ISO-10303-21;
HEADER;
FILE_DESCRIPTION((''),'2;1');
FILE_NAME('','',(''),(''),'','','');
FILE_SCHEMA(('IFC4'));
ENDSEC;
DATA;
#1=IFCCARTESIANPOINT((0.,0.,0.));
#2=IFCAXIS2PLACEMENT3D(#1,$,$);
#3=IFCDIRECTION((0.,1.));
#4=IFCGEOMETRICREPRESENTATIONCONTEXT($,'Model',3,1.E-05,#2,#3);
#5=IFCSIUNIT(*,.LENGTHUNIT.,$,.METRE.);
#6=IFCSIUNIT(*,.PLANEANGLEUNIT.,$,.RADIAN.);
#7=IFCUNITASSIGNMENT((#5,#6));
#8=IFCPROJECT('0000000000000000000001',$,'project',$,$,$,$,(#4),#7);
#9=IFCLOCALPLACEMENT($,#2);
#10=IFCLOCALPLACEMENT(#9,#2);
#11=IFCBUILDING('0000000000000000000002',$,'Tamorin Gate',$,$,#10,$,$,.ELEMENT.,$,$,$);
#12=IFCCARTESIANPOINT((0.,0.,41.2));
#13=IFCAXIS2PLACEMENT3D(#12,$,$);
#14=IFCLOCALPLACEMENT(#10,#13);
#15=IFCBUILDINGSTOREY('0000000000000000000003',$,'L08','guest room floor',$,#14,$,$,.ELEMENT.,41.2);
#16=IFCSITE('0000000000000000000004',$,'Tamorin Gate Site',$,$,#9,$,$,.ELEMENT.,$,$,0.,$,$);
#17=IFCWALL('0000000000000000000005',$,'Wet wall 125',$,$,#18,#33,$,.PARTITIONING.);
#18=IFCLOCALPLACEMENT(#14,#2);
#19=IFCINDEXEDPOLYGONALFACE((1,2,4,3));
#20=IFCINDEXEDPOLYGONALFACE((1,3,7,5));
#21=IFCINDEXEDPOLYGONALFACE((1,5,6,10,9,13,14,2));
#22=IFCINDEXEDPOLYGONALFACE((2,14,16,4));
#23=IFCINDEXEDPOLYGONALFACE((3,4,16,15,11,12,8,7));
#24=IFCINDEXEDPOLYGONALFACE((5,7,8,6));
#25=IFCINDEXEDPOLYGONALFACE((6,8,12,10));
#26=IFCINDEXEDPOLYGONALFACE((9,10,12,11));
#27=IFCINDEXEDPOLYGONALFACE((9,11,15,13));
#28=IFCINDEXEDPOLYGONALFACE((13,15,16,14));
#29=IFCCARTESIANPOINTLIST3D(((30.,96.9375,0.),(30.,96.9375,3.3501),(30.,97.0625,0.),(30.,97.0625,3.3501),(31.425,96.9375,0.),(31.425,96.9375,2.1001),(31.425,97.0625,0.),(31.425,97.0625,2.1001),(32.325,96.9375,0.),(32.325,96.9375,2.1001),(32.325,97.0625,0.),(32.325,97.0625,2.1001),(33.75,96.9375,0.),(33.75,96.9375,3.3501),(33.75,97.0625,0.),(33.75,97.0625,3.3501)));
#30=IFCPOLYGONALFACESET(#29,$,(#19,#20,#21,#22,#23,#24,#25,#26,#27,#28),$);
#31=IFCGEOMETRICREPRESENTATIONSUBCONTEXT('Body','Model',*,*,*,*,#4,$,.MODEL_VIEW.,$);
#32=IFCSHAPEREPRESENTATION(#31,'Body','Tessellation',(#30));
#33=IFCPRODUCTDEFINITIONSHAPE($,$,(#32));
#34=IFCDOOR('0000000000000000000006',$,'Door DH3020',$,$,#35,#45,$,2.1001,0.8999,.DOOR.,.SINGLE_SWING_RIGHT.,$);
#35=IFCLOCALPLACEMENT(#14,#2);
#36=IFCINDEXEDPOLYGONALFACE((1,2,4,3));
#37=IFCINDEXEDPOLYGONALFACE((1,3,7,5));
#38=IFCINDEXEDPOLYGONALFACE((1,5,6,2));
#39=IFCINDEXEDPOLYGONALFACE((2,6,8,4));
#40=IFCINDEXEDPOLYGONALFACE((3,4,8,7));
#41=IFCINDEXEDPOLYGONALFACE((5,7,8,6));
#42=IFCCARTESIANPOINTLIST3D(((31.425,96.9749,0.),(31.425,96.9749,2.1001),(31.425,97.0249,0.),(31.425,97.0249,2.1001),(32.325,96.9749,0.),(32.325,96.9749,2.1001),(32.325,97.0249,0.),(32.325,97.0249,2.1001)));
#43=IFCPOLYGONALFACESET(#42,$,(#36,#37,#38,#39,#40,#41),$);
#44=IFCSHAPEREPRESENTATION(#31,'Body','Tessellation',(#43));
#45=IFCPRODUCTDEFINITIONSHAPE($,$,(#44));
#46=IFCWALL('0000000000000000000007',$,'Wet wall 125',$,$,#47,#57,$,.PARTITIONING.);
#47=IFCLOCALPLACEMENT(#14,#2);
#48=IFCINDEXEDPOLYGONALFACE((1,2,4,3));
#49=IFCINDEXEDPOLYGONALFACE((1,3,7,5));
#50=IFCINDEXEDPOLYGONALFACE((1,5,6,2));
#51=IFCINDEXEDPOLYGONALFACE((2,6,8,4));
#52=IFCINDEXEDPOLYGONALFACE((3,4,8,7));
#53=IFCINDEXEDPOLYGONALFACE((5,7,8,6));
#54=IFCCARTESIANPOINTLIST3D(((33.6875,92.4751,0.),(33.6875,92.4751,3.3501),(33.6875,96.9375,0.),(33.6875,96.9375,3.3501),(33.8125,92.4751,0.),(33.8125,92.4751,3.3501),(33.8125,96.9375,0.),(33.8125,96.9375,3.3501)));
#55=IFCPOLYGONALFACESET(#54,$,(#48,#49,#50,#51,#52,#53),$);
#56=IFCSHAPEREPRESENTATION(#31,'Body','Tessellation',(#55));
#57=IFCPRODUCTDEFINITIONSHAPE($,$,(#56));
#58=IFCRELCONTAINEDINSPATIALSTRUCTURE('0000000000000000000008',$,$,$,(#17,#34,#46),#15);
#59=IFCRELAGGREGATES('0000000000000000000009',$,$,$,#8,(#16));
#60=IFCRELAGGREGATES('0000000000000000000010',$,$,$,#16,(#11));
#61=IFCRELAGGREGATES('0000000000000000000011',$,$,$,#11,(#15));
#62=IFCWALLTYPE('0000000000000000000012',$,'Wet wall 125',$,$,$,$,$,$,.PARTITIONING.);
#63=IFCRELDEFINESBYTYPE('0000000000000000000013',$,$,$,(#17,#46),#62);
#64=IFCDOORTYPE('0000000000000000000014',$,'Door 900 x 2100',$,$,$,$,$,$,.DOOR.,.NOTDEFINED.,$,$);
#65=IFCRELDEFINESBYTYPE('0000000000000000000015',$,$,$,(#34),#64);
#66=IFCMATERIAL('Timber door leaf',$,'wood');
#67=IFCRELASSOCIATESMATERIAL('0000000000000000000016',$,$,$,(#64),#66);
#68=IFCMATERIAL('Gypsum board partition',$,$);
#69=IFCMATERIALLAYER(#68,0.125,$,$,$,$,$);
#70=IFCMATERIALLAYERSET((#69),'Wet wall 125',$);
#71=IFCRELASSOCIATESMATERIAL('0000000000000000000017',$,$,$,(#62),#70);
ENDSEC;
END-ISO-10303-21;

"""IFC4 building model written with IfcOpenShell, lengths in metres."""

from ifc_helpers import new_model, si_unit, direction, frame, frame_2d, origin, place, context, subcontext, project, spatial, rectangle, extrude, material, layer, layer_set, type_object, element, fill, save


model = new_model("IFC4")

# Units and contexts
model_context = context("Model", 3, precision=1e-05, world=origin(), true_north=direction((0.0, 1.0)))
body_context = subcontext(model_context, "Body", "Model", "MODEL_VIEW")
ifc_project = project(units=[si_unit("LENGTHUNIT", "METRE"), si_unit("PLANEANGLEUNIT", "RADIAN")], contexts=[model_context])

# Site, building, storey
site_placement = place(None, origin())
site = spatial("IfcSite", under=ifc_project, at=site_placement, Name="Tamorin Gate Site", CompositionType="ELEMENT", RefElevation=0.0)
building_placement = place(site_placement, origin())
building = spatial("IfcBuilding", under=site, at=building_placement, Name="Tamorin Gate", CompositionType="ELEMENT")
storey_placement = place(building_placement, frame((0.0, 0.0, 41.2)))
storey = spatial("IfcBuildingStorey", under=building, at=storey_placement, Name="L08", Description="guest room floor", CompositionType="ELEMENT", Elevation=41.2)

# Shared definitions
ifc_material_1 = material(Name="Gypsum board partition")
ifc_material_2 = material(Name="Timber door leaf", Category="wood")

# Wall, opening, door
door_type_1 = type_object("IfcDoorType", Name="Door 900 x 2100", OperationType="NOTDEFINED", PredefinedType="DOOR", material=ifc_material_2)
ifc_layer_1 = layer(ifc_material_1, 0.125)
ifc_layer_set_1 = layer_set([ifc_layer_1], Name="Wet wall 125")
wall_type_1 = type_object("IfcWallType", Name="Wet wall 125", PredefinedType="PARTITIONING", material=ifc_layer_set_1)
wall_1_placement = place(storey_placement, frame((30.0, 97.0, 0.0), z_axis=(0.0, 0.0, 1.0), x_axis=(1.0, 0.0, 0.0)))
wall_1 = element("IfcWall", 1, at=wall_1_placement, inside=storey, type_object=wall_type_1, Name="Wet wall 125", PredefinedType="PARTITIONING", context=body_context, shape_type="SweptSolid", body=[
    extrude(rectangle(XDim=3.75, YDim=0.125, at=frame_2d((1.875, 0.0))), origin(), (0.0, 0.0, 1.0), 3.3501),
])
opening_1_placement = place(wall_1_placement, frame((1.425, 0.0, 0.0)))
opening_1 = element("IfcOpeningElement", 2, at=opening_1_placement, cuts=wall_1, PredefinedType="OPENING", context=body_context, shape_type="SweptSolid", body=[
    extrude(rectangle(XDim=0.8999, YDim=2.1001, at=frame_2d((0.45, 1.05))), frame((0.0, 0.0725, 0.0), z_axis=(0.0, -1.0, 0.0), x_axis=(1.0, 0.0, 0.0)), (0.0, 0.0, 1.0), 0.145),
])
door_1_placement = place(opening_1_placement, origin())
door_1 = element("IfcDoor", 3, at=door_1_placement, inside=storey, type_object=door_type_1, Name="Door DH3020", OperationType="SINGLE_SWING_RIGHT", OverallHeight=2.1001, OverallWidth=0.8999, PredefinedType="DOOR", context=body_context, shape_type="SweptSolid", body=[
    extrude(rectangle(XDim=0.8999, YDim=2.1001, at=frame_2d((0.45, 1.05))), frame((0.0, 0.0249, 0.0), z_axis=(0.0, -1.0, 0.0), x_axis=(1.0, 0.0, 0.0)), (0.0, 0.0, 1.0), 0.05),
])
fill(opening_1, door_1)

# Wall
wall_2_placement = place(storey_placement, frame((33.75, 92.4751, 0.0), z_axis=(0.0, 0.0, 1.0), x_axis=(0.0, 1.0, 0.0)))
element("IfcWall", 4, at=wall_2_placement, inside=storey, type_object=wall_type_1, Name="Wet wall 125", PredefinedType="PARTITIONING", context=body_context, shape_type="SweptSolid", body=[
    extrude(rectangle(XDim=4.4624, YDim=0.125, at=frame_2d((2.2312, 0.0))), origin(), (0.0, 0.0, 1.0), 3.3501),
])

save(model, "model.ifc")
